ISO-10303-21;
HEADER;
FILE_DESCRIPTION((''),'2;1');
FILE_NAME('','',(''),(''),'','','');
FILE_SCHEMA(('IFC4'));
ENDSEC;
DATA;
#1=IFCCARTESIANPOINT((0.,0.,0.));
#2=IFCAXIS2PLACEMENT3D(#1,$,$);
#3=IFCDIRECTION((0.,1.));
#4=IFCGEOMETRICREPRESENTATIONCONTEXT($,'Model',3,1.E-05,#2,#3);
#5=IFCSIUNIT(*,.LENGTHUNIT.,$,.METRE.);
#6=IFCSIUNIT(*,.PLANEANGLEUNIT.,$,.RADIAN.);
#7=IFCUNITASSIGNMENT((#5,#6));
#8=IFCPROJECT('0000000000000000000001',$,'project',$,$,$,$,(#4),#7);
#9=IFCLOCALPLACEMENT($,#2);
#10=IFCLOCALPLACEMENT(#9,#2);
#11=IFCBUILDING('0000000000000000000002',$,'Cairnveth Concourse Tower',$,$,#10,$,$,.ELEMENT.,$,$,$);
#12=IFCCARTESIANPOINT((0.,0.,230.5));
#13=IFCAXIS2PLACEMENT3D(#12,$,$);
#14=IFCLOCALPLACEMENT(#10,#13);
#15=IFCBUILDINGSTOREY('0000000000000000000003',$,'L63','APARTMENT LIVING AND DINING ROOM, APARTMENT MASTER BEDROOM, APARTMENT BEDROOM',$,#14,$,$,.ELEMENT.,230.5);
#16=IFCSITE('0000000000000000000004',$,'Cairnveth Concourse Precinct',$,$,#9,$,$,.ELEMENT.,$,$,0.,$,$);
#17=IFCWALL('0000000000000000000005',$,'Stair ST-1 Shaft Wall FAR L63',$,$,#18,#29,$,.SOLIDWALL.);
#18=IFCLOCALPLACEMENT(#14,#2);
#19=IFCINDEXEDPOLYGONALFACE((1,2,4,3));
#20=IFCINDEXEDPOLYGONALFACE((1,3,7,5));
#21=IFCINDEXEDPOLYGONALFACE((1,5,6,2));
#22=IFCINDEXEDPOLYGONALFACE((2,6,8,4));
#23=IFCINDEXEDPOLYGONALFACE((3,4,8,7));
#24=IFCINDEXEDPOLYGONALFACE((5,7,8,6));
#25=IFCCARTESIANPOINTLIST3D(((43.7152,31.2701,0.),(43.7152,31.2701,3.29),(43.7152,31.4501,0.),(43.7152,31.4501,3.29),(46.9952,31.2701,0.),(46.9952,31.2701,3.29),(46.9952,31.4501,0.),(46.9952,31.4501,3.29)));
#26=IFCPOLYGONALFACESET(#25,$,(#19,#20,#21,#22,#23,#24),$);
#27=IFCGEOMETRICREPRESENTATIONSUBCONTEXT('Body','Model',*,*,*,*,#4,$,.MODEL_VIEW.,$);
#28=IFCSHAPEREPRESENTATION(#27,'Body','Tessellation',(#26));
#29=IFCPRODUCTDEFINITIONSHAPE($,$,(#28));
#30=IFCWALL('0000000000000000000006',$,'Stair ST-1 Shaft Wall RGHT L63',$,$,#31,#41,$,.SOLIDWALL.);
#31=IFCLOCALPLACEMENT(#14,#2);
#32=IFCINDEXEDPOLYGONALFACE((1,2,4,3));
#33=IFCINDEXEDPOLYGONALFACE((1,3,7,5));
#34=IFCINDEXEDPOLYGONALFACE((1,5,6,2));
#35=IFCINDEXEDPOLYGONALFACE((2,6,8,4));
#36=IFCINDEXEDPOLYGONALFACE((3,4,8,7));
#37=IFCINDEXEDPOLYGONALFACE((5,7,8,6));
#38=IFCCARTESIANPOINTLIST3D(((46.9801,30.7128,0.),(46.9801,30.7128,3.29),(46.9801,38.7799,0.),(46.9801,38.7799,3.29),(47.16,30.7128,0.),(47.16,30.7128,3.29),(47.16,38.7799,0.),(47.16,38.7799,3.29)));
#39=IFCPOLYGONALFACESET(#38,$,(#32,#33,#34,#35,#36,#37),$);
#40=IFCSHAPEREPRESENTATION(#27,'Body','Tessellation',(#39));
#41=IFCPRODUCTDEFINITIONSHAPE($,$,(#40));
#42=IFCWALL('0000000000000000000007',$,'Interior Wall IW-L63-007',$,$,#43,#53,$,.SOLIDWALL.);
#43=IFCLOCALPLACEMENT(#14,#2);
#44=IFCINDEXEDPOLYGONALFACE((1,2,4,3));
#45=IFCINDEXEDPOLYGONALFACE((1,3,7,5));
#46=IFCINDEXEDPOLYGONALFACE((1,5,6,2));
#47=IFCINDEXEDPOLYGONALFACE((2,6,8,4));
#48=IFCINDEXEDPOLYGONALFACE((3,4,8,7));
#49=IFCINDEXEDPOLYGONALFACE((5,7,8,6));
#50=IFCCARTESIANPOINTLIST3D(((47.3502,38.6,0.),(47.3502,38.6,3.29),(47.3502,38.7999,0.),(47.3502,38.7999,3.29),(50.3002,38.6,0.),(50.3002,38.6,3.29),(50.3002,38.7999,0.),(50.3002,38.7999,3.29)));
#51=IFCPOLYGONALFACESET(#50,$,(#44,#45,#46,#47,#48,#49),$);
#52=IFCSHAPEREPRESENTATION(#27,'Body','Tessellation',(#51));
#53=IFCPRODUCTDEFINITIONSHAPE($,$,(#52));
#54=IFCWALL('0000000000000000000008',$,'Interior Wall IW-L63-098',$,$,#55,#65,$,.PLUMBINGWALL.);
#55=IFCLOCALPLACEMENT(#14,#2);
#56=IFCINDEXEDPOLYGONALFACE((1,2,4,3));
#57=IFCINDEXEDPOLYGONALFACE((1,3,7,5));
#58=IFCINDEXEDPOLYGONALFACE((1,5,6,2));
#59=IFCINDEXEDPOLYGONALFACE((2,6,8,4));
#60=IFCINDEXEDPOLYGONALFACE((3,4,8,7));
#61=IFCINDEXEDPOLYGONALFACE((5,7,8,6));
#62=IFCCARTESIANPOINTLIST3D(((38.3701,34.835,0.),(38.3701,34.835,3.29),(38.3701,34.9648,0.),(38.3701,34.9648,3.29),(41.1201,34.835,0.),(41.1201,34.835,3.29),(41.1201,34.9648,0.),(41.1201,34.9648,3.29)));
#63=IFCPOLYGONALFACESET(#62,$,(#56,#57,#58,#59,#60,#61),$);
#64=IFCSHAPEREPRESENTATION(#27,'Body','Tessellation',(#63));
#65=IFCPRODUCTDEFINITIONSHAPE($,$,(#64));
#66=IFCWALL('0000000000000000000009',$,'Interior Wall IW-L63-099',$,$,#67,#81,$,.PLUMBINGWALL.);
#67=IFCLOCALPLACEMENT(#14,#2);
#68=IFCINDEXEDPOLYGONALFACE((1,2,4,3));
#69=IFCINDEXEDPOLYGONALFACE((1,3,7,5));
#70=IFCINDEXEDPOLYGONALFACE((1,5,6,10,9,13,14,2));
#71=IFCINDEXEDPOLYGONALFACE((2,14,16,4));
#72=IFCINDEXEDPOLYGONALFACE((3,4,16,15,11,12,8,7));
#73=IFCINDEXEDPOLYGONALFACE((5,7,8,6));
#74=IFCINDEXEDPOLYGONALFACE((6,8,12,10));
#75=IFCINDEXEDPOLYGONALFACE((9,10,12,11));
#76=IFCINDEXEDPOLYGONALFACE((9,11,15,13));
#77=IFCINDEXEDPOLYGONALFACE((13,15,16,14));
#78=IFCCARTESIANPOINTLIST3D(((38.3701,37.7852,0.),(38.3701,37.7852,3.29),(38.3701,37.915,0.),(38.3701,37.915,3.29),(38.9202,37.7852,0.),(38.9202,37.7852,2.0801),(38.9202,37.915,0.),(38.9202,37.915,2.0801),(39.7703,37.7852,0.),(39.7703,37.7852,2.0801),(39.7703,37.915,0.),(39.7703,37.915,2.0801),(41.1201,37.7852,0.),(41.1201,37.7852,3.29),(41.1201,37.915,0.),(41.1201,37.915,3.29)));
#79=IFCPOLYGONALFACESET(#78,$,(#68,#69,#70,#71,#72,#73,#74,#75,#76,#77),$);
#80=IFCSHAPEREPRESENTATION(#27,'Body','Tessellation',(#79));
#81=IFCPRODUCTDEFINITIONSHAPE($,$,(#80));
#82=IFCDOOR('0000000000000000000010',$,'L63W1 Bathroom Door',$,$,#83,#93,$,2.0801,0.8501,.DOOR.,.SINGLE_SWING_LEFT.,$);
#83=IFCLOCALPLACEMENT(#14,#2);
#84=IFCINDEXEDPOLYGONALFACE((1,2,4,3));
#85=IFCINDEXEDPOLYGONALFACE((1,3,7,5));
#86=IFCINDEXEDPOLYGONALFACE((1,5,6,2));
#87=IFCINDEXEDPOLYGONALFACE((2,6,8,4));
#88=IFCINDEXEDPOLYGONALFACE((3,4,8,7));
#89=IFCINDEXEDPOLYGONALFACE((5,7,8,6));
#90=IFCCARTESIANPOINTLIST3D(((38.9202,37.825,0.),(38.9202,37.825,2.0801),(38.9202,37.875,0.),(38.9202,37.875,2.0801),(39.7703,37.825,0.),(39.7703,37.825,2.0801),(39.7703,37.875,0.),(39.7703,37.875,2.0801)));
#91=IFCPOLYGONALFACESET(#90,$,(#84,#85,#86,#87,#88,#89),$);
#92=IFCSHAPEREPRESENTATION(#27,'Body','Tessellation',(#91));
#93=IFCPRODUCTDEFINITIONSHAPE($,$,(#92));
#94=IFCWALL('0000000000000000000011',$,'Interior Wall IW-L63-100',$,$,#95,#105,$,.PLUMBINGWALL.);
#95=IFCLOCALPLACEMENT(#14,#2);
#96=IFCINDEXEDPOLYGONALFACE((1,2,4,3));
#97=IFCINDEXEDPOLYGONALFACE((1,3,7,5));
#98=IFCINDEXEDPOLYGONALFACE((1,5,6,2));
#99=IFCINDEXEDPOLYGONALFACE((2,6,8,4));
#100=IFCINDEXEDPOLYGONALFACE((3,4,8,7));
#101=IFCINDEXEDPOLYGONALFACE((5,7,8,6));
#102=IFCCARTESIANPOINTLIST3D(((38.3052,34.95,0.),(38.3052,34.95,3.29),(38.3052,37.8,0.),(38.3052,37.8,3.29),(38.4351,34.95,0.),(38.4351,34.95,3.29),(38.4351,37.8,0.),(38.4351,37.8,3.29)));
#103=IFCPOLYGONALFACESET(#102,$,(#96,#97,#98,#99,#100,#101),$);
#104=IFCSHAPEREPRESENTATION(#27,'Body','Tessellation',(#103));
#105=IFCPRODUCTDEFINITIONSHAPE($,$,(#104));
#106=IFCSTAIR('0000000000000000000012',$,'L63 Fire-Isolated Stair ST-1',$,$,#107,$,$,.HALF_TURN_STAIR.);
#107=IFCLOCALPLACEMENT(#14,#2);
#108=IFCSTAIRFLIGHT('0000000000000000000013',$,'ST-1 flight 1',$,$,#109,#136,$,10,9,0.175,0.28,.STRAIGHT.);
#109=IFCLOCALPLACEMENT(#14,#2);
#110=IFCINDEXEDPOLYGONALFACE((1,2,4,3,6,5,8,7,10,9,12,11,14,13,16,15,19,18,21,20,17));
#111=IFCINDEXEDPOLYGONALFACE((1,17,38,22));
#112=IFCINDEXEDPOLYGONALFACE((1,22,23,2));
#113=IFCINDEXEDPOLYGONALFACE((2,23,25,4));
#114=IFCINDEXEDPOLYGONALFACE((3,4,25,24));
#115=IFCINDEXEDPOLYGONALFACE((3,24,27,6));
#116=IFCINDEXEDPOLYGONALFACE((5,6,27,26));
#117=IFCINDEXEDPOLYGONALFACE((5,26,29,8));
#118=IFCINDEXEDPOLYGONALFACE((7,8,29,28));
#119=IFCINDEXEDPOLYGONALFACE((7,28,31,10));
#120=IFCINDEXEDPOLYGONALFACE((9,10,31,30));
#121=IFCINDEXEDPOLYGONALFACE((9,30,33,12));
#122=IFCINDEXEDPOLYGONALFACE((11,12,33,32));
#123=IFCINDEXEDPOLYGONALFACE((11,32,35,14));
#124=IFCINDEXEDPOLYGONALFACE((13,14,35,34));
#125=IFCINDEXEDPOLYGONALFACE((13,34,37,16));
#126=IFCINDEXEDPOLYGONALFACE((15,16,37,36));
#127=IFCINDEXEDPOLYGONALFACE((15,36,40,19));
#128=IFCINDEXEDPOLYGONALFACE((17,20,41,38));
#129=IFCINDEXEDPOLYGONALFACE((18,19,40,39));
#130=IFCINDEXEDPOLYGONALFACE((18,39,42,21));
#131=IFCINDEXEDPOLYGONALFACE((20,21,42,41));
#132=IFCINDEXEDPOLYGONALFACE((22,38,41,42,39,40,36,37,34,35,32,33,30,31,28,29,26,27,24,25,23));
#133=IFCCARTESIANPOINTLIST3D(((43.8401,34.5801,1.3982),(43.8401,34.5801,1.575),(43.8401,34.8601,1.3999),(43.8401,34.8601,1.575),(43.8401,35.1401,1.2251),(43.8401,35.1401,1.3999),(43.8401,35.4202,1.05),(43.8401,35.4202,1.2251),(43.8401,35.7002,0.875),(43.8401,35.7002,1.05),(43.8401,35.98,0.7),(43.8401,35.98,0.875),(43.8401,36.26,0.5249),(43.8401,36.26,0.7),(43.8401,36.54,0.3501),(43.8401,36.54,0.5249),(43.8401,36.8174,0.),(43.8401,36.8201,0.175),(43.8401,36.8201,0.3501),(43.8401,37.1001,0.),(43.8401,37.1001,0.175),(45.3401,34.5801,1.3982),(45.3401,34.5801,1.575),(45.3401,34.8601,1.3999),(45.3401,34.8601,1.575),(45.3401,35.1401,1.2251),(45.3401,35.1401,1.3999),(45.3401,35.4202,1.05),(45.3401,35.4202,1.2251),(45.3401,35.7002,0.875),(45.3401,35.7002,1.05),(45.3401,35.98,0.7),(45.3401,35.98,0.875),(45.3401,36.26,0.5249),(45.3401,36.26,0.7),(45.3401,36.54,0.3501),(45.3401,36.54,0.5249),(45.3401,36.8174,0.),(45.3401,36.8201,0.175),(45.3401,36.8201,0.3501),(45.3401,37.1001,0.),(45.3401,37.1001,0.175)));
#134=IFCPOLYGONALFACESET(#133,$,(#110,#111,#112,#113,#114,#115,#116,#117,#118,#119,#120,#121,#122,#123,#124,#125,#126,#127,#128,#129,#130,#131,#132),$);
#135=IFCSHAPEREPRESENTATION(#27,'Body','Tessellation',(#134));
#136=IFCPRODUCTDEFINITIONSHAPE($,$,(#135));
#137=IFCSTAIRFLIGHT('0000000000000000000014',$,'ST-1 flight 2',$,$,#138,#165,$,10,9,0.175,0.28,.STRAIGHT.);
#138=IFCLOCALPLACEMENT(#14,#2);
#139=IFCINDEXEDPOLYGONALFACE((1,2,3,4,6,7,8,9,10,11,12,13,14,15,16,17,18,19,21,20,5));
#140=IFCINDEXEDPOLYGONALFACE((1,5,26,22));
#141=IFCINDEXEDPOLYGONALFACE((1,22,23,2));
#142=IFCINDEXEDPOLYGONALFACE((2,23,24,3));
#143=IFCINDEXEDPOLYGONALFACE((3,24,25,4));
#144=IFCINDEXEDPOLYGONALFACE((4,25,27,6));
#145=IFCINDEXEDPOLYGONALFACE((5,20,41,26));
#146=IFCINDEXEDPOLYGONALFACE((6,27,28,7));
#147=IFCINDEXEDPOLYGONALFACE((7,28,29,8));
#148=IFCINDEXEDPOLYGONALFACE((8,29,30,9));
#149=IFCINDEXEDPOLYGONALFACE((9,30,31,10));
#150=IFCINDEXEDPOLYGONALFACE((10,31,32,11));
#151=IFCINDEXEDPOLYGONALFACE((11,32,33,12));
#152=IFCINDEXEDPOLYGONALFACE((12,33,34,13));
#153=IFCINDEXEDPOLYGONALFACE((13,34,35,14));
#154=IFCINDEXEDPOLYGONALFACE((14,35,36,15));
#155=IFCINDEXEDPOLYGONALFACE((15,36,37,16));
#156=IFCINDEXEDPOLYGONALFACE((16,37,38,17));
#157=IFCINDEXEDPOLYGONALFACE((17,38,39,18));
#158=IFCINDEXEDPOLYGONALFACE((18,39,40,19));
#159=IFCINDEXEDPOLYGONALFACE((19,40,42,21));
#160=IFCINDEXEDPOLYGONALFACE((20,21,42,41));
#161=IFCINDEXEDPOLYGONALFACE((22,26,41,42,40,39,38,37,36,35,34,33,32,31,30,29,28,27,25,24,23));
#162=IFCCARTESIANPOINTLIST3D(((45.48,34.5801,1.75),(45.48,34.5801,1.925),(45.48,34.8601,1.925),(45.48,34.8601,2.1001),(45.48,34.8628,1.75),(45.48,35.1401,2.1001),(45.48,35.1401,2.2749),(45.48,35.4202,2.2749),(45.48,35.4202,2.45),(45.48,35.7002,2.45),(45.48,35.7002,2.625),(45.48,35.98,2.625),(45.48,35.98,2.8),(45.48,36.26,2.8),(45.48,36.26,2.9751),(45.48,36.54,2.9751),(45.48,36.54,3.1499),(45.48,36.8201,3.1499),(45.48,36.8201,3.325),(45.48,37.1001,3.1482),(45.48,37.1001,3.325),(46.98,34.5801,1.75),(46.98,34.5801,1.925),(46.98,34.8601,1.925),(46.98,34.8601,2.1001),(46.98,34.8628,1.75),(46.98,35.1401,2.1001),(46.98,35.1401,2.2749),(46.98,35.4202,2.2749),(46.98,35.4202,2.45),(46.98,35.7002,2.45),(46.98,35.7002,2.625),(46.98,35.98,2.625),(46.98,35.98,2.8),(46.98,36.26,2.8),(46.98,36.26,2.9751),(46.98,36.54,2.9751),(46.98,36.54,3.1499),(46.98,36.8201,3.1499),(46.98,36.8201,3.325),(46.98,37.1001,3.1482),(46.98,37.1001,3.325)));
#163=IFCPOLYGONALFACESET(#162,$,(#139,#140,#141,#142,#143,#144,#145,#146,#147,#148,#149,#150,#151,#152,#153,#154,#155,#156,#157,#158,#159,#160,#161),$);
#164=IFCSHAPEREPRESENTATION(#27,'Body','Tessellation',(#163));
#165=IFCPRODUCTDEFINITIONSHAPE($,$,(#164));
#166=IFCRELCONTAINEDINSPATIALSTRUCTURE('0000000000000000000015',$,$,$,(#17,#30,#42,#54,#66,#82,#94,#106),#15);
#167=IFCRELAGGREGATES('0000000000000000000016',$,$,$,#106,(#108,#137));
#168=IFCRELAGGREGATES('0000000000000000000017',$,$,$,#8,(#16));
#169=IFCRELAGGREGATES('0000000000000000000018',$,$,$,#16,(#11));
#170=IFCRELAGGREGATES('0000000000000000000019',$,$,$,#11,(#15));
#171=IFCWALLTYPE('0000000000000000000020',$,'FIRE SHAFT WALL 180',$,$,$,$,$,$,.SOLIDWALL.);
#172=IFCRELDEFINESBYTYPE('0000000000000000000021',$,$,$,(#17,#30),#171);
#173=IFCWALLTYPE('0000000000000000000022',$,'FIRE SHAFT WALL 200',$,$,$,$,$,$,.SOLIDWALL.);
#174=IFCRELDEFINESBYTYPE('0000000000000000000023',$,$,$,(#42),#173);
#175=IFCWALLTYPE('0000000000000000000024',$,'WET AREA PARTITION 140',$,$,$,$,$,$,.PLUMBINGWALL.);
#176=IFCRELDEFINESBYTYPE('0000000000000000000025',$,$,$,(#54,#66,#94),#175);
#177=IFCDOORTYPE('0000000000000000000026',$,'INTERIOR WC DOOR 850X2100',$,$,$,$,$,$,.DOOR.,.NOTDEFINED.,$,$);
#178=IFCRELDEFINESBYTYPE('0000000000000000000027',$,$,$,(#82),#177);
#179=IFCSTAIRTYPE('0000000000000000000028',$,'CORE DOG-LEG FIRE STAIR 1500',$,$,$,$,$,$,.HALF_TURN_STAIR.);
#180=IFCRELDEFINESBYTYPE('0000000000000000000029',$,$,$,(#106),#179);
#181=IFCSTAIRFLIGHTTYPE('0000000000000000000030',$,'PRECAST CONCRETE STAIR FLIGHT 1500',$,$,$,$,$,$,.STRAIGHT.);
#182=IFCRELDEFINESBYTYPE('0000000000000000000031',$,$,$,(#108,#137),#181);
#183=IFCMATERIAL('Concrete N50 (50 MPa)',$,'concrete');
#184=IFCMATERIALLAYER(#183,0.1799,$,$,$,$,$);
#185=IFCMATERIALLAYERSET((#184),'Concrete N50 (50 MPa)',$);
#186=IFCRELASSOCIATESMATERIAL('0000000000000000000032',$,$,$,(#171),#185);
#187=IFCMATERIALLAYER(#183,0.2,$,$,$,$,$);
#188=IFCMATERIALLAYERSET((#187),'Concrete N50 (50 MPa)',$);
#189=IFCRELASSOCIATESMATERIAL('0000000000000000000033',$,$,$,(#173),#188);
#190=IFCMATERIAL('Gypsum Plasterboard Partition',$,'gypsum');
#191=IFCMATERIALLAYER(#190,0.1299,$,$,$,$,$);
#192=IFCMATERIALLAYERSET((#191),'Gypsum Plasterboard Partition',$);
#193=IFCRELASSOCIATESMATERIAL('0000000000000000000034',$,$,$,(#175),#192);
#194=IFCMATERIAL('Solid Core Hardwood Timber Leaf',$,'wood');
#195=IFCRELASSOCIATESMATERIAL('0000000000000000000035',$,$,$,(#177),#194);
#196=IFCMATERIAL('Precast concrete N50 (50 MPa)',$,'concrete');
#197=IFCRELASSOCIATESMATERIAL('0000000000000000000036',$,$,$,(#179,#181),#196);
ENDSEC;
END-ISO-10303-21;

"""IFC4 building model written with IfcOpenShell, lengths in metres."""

from ifc_helpers import new_model, si_unit, direction, frame, frame_2d, origin, place, context, subcontext, project, spatial, polyline, rectangle, outline, extrude, material, layer, layer_set, type_object, element, fill, aggregate, save


model = new_model("IFC4")

# Units and contexts
model_context = context("Model", 3, precision=1e-05, world=origin(), true_north=direction((0.0, 1.0)))
body_context = subcontext(model_context, "Body", "Model", "MODEL_VIEW")
ifc_project = project(units=[si_unit("LENGTHUNIT", "METRE"), si_unit("PLANEANGLEUNIT", "RADIAN")], contexts=[model_context])

# Site, building, storey
site_placement = place(None, origin())
site = spatial("IfcSite", under=ifc_project, at=site_placement, Name="Cairnveth Concourse Precinct", CompositionType="ELEMENT", RefElevation=0.0)
building_placement = place(site_placement, origin())
building = spatial("IfcBuilding", under=site, at=building_placement, Name="Cairnveth Concourse Tower", CompositionType="ELEMENT")
storey_placement = place(building_placement, frame((0.0, 0.0, 230.5)))
storey = spatial("IfcBuildingStorey", under=building, at=storey_placement, Name="L63", Description="APARTMENT LIVING AND DINING ROOM, APARTMENT MASTER BEDROOM, APARTMENT BEDROOM", CompositionType="ELEMENT", Elevation=230.5)

# Shared definitions
ifc_material_1 = material(Name="Concrete N50 (50 MPa)", Category="concrete")
ifc_layer_1 = layer(ifc_material_1, 0.1799)
ifc_layer_set_1 = layer_set([ifc_layer_1], Name="Concrete N50 (50 MPa)")
wall_type_1 = type_object("IfcWallType", Name="FIRE SHAFT WALL 180", PredefinedType="SOLIDWALL", material=ifc_layer_set_1)

# Walls
wall_1_placement = place(storey_placement, frame((43.7151, 31.3601, 0.0), z_axis=(0.0, 0.0, 1.0), x_axis=(1.0, 0.0, 0.0)))
element("IfcWall", 1, at=wall_1_placement, inside=storey, type_object=wall_type_1, Name="Stair ST-1 Shaft Wall FAR L63", PredefinedType="SOLIDWALL", context=body_context, shape_type="SweptSolid", body=[
    extrude(rectangle(XDim=3.28, YDim=0.1799, at=frame_2d((1.6401, 0.0))), origin(), (0.0, 0.0, 1.0), 3.29),
])
wall_2_placement = place(storey_placement, frame((47.0701, 38.78, 0.0), z_axis=(0.0, 0.0, 1.0), x_axis=(0.0, -1.0, 0.0)))
element("IfcWall", 2, at=wall_2_placement, inside=storey, type_object=wall_type_1, Name="Stair ST-1 Shaft Wall RGHT L63", PredefinedType="SOLIDWALL", context=body_context, shape_type="SweptSolid", body=[
    extrude(rectangle(XDim=8.0671, YDim=0.1799, at=frame_2d((4.0337, 0.0))), origin(), (0.0, 0.0, 1.0), 3.29),
])
ifc_layer_2 = layer(ifc_material_1, 0.2)
ifc_layer_set_2 = layer_set([ifc_layer_2], Name="Concrete N50 (50 MPa)")
wall_type_2 = type_object("IfcWallType", Name="FIRE SHAFT WALL 200", PredefinedType="SOLIDWALL", material=ifc_layer_set_2)
wall_3_placement = place(storey_placement, frame((47.3501, 38.7, 0.0), z_axis=(0.0, 0.0, 1.0), x_axis=(1.0, 0.0, 0.0)))
element("IfcWall", 3, at=wall_3_placement, inside=storey, type_object=wall_type_2, Name="Interior Wall IW-L63-007", PredefinedType="SOLIDWALL", context=body_context, shape_type="SweptSolid", body=[
    extrude(rectangle(XDim=2.95, YDim=0.2, at=frame_2d((1.4751, 0.0))), origin(), (0.0, 0.0, 1.0), 3.29),
])

# Wall
ifc_material_2 = material(Name="Gypsum Plasterboard Partition", Category="gypsum")
ifc_layer_3 = layer(ifc_material_2, 0.1299)
ifc_layer_set_3 = layer_set([ifc_layer_3], Name="Gypsum Plasterboard Partition")
wall_type_3 = type_object("IfcWallType", Name="WET AREA PARTITION 140", PredefinedType="PLUMBINGWALL", material=ifc_layer_set_3)
wall_4_placement = place(storey_placement, frame((38.3701, 34.8999, 0.0), z_axis=(0.0, 0.0, 1.0), x_axis=(1.0, 0.0, 0.0)))
element("IfcWall", 4, at=wall_4_placement, inside=storey, type_object=wall_type_3, Name="Interior Wall IW-L63-098", PredefinedType="PLUMBINGWALL", context=body_context, shape_type="SweptSolid", body=[
    extrude(rectangle(XDim=2.75, YDim=0.1299, at=frame_2d((1.375, 0.0))), origin(), (0.0, 0.0, 1.0), 3.29),
])

# Wall, opening, door
wall_5_placement = place(storey_placement, frame((38.3701, 37.8501, 0.0), z_axis=(0.0, 0.0, 1.0), x_axis=(1.0, 0.0, 0.0)))
wall_5 = element("IfcWall", 5, at=wall_5_placement, inside=storey, type_object=wall_type_3, Name="Interior Wall IW-L63-099", PredefinedType="PLUMBINGWALL", context=body_context, shape_type="SweptSolid", body=[
    extrude(rectangle(XDim=2.75, YDim=0.1299, at=frame_2d((1.375, 0.0))), origin(), (0.0, 0.0, 1.0), 3.29),
])
opening_1_placement = place(wall_5_placement, frame((0.55, 0.0, 0.0)))
opening_1 = element("IfcOpeningElement", 6, at=opening_1_placement, cuts=wall_5, PredefinedType="OPENING", context=body_context, shape_type="SweptSolid", body=[
    extrude(rectangle(XDim=0.8501, YDim=2.0801, at=frame_2d((0.425, 1.04))), frame((0.0, 0.075, 0.0), z_axis=(0.0, -1.0, 0.0), x_axis=(1.0, 0.0, 0.0)), (0.0, 0.0, 1.0), 0.1499),
])
ifc_material_3 = material(Name="Solid Core Hardwood Timber Leaf", Category="wood")
door_type_1 = type_object("IfcDoorType", Name="INTERIOR WC DOOR 850X2100", OperationType="NOTDEFINED", PredefinedType="DOOR", material=ifc_material_3)
door_1_placement = place(opening_1_placement, origin())
door_1 = element("IfcDoor", 7, at=door_1_placement, inside=storey, type_object=door_type_1, Name="L63W1 Bathroom Door", OperationType="SINGLE_SWING_LEFT", OverallHeight=2.0801, OverallWidth=0.8501, PredefinedType="DOOR", context=body_context, shape_type="SweptSolid", body=[
    extrude(rectangle(XDim=0.8501, YDim=2.0801, at=frame_2d((0.425, 1.04))), frame((0.0, 0.0249, 0.0), z_axis=(0.0, -1.0, 0.0), x_axis=(1.0, 0.0, 0.0)), (0.0, 0.0, 1.0), 0.05),
])
fill(opening_1, door_1)

# Wall
wall_6_placement = place(storey_placement, frame((38.3701, 34.95, 0.0), z_axis=(0.0, 0.0, 1.0), x_axis=(0.0, 1.0, 0.0)))
element("IfcWall", 8, at=wall_6_placement, inside=storey, type_object=wall_type_3, Name="Interior Wall IW-L63-100", PredefinedType="PLUMBINGWALL", context=body_context, shape_type="SweptSolid", body=[
    extrude(rectangle(XDim=2.8501, YDim=0.1299, at=frame_2d((1.425, 0.0))), origin(), (0.0, 0.0, 1.0), 3.29),
])

# Stair, stair flights
ifc_material_4 = material(Name="Precast concrete N50 (50 MPa)", Category="concrete")
stair_type = type_object("IfcStairType", Name="CORE DOG-LEG FIRE STAIR 1500", PredefinedType="HALF_TURN_STAIR", material=ifc_material_4)
stair_placement = place(storey_placement, origin())
stair = element("IfcStair", 9, at=stair_placement, inside=storey, type_object=stair_type, Name="L63 Fire-Isolated Stair ST-1", PredefinedType="HALF_TURN_STAIR")
stair_flight_type = type_object("IfcStairFlightType", Name="PRECAST CONCRETE STAIR FLIGHT 1500", PredefinedType="STRAIGHT", material=ifc_material_4)
stair_flight_1_placement = place(storey_placement, frame((44.5901, 37.1001, 0.0), z_axis=(0.0, 0.0, 1.0), x_axis=(0.0, -1.0, 0.0)))
stair_flight_1 = element("IfcStairFlight", 10, at=stair_flight_1_placement, type_object=stair_flight_type, Name="ST-1 flight 1", NumberOfRisers=10, NumberOfTreads=9, PredefinedType="STRAIGHT", RiserHeight=0.175, TreadLength=0.28, context=body_context, shape_type="SweptSolid", body=[
    extrude(outline(polyline([(0.0, 0.0), (0.0, 0.175), (0.28, 0.175), (0.28, 0.3501), (0.5601, 0.3501), (0.5601, 0.5249), (0.8401, 0.5249), (0.8401, 0.7), (1.1201, 0.7), (1.1201, 0.875), (1.3999, 0.875), (1.3999, 1.05), (1.6799, 1.05), (1.6799, 1.2251), (1.96, 1.2251), (1.96, 1.3999), (2.24, 1.3999), (2.24, 1.575), (2.52, 1.575), (2.52, 1.75), (2.52, 1.3982), (0.2827, 0.0), (0.0, 0.0)])), frame((0.0, 0.75, 0.0), z_axis=(0.0, -1.0, 0.0), x_axis=(1.0, 0.0, 0.0)), (0.0, 0.0, 1.0), 1.5),
])
stair_flight_2_placement = place(storey_placement, frame((46.23, 34.5801, 1.75), z_axis=(0.0, 0.0, 1.0), x_axis=(0.0, 1.0, 0.0)))
stair_flight_2 = element("IfcStairFlight", 11, at=stair_flight_2_placement, type_object=stair_flight_type, Name="ST-1 flight 2", NumberOfRisers=10, NumberOfTreads=9, PredefinedType="STRAIGHT", RiserHeight=0.175, TreadLength=0.28, context=body_context, shape_type="SweptSolid", body=[
    extrude(outline(polyline([(0.0, 0.0), (0.0, 0.175), (0.28, 0.175), (0.28, 0.3501), (0.5601, 0.3501), (0.5601, 0.5249), (0.8401, 0.5249), (0.8401, 0.7), (1.1201, 0.7), (1.1201, 0.875), (1.3999, 0.875), (1.3999, 1.05), (1.6799, 1.05), (1.6799, 1.2251), (1.96, 1.2251), (1.96, 1.3999), (2.24, 1.3999), (2.24, 1.575), (2.52, 1.575), (2.52, 1.75), (2.52, 1.3982), (0.2827, 0.0), (0.0, 0.0)])), frame((0.0, 0.75, 0.0), z_axis=(0.0, -1.0, 0.0), x_axis=(1.0, 0.0, 0.0)), (0.0, 0.0, 1.0), 1.5),
])
aggregate(stair, [stair_flight_1, stair_flight_2])

save(model, "model.ifc")
